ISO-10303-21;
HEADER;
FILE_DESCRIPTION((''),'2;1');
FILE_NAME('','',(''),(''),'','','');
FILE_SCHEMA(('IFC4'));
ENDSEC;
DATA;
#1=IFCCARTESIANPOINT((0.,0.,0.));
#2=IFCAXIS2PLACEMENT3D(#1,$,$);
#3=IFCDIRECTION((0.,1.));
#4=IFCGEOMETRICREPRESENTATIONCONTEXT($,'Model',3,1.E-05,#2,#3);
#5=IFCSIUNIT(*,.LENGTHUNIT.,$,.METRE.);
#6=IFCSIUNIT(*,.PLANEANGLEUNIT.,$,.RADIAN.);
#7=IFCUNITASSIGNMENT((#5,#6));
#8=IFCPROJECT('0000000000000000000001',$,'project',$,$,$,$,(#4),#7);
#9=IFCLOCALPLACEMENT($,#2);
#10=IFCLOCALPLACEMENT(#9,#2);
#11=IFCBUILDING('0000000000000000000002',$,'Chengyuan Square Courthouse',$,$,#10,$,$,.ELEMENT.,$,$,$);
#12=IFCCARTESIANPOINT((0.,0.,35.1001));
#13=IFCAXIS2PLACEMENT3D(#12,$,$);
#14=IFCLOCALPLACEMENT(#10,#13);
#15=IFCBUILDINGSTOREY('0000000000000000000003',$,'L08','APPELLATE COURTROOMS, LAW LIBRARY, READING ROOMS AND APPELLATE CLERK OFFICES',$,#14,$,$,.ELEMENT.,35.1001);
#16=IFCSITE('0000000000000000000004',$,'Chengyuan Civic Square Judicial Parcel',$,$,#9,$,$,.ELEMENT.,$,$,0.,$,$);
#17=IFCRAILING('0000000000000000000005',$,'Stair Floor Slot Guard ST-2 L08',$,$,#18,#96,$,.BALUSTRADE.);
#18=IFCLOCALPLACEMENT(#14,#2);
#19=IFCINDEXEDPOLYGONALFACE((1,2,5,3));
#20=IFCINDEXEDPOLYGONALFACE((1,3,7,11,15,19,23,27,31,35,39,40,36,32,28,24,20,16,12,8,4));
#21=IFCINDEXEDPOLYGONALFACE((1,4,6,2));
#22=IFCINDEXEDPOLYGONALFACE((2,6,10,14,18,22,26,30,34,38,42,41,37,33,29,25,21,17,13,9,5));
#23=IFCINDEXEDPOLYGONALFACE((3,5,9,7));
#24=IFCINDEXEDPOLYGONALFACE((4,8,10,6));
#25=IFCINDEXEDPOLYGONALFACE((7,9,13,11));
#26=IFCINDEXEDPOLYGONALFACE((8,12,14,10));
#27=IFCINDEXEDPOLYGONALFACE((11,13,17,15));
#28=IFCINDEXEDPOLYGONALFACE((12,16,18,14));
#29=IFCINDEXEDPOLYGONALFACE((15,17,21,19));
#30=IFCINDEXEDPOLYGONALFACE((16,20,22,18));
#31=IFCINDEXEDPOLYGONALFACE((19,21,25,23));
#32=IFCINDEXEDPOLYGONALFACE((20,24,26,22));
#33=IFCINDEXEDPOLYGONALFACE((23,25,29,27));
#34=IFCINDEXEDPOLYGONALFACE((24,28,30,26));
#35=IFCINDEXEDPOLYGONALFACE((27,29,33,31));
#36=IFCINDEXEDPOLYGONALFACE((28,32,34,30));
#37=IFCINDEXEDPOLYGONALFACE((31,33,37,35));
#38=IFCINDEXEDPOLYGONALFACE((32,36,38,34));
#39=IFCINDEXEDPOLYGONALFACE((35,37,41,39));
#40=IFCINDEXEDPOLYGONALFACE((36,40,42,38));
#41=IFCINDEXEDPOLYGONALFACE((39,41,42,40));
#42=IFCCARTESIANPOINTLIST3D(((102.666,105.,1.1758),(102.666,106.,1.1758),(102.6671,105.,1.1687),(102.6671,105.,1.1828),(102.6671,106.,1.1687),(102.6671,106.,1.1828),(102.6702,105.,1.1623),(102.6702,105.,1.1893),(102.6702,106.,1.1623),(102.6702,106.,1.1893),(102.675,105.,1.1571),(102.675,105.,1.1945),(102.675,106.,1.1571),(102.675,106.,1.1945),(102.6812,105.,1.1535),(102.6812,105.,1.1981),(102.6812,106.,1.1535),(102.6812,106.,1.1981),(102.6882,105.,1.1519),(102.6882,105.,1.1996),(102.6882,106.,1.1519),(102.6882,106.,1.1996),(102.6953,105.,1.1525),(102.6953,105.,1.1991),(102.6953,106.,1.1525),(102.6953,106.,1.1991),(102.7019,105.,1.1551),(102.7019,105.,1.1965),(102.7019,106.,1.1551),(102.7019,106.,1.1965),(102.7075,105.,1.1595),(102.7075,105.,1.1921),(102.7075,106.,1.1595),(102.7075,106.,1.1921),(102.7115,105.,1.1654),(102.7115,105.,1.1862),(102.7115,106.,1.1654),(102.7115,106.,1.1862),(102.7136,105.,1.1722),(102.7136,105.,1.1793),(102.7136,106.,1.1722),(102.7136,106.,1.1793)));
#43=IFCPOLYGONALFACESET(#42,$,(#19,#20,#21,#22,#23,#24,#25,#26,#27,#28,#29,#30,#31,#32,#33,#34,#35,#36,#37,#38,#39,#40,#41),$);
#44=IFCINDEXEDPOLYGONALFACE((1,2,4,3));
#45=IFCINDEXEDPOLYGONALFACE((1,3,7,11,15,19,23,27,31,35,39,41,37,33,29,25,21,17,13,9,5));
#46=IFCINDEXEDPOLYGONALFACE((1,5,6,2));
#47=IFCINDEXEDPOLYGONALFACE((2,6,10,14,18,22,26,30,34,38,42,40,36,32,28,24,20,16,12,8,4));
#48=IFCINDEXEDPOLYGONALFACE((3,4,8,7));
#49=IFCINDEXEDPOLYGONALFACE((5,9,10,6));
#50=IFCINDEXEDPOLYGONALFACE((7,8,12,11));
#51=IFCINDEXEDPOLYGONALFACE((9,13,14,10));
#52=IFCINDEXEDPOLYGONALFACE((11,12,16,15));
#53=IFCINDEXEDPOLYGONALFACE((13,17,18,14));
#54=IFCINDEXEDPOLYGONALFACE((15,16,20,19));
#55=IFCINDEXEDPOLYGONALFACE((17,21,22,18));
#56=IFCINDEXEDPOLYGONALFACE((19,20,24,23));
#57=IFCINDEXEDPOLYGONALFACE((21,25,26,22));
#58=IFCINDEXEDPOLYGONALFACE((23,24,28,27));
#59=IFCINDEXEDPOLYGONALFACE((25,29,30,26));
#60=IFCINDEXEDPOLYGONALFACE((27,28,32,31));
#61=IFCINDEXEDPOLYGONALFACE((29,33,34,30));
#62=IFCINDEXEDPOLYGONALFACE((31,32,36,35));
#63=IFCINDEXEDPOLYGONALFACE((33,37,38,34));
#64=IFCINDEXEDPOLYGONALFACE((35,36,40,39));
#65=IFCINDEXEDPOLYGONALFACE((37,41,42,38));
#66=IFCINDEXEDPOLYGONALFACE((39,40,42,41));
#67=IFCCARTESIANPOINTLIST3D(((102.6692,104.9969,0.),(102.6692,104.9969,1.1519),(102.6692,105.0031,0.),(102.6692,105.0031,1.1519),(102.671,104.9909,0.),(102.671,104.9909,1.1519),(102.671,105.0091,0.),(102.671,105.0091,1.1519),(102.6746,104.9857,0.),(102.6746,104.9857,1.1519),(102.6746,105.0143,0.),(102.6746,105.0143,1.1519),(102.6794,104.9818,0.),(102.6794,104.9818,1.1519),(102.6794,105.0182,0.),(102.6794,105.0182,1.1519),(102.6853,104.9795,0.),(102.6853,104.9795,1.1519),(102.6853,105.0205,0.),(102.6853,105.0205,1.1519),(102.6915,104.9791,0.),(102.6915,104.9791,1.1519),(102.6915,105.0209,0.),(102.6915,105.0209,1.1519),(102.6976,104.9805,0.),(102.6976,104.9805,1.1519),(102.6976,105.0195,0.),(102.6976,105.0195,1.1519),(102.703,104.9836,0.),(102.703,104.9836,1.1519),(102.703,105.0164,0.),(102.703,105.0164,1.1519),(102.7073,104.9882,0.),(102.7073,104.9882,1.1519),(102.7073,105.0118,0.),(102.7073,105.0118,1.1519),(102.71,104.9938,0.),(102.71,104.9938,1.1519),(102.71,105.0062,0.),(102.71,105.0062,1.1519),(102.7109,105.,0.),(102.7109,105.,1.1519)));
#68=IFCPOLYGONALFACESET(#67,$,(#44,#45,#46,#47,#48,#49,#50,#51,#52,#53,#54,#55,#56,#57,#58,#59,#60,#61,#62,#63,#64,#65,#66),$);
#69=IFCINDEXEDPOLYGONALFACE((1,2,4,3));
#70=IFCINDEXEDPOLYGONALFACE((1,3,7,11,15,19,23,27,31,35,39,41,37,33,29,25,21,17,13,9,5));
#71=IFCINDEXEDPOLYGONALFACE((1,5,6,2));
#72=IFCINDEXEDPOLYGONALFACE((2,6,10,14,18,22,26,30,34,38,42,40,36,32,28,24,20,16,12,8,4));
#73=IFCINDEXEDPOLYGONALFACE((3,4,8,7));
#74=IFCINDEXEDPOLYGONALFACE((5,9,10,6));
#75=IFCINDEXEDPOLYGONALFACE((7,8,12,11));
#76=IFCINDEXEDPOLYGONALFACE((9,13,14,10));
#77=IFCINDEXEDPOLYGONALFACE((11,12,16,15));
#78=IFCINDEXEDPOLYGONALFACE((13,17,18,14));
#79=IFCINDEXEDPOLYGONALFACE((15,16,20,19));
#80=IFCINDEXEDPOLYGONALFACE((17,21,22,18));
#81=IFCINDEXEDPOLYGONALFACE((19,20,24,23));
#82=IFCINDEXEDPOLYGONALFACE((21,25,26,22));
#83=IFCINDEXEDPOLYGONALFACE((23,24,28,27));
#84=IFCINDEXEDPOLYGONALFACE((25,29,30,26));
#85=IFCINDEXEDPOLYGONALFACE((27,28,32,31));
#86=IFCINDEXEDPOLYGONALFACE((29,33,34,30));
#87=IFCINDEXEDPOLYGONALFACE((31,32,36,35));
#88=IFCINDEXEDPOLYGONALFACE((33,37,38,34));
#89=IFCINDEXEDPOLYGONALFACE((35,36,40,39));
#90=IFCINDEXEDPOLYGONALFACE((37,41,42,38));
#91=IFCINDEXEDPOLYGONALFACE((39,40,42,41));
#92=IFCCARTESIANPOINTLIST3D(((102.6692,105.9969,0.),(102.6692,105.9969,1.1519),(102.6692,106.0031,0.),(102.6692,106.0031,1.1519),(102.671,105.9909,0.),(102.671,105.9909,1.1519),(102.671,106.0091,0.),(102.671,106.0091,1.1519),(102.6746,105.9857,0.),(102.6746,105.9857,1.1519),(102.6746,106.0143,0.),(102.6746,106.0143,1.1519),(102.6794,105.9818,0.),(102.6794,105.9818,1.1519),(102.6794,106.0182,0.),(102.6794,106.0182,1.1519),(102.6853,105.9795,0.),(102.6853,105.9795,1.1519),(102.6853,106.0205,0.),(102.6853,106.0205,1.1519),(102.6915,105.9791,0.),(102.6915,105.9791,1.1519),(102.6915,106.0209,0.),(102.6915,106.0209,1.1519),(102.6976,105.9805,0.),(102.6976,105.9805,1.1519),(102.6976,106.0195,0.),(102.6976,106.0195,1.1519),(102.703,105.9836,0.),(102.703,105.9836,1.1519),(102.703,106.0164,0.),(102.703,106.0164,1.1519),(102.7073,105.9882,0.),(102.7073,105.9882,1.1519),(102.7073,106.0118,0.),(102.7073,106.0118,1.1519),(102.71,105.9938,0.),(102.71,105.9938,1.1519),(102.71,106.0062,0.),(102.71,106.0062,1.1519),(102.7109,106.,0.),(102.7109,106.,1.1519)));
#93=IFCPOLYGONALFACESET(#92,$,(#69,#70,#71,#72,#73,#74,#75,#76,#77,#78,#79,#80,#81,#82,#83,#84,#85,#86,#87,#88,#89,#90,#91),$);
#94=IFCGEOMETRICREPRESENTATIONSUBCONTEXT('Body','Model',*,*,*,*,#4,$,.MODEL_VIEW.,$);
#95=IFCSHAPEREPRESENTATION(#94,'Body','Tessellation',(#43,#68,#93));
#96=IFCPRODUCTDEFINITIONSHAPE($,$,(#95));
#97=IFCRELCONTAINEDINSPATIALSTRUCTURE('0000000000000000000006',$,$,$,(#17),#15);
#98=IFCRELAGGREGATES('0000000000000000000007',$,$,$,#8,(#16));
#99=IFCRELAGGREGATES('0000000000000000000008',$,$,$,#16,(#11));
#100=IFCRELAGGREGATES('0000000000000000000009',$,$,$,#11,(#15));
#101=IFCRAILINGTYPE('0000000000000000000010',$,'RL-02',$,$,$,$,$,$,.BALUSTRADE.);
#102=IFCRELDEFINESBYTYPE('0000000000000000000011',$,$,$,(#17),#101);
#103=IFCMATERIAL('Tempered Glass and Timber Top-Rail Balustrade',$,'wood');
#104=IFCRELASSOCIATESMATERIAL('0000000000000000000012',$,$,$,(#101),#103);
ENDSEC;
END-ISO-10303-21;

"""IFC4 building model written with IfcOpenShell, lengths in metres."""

from ifc_helpers import new_model, si_unit, direction, frame, origin, origin_2d, place, context, subcontext, project, spatial, circle, extrude, material, type_object, element, save


model = new_model("IFC4")

# Units and contexts
model_context = context("Model", 3, precision=1e-05, world=origin(), true_north=direction((0.0, 1.0)))
body_context = subcontext(model_context, "Body", "Model", "MODEL_VIEW")
ifc_project = project(units=[si_unit("LENGTHUNIT", "METRE"), si_unit("PLANEANGLEUNIT", "RADIAN")], contexts=[model_context])

# Site, building, storey
site_placement = place(None, origin())
site = spatial("IfcSite", under=ifc_project, at=site_placement, Name="Chengyuan Civic Square Judicial Parcel", CompositionType="ELEMENT", RefElevation=0.0)
building_placement = place(site_placement, origin())
building = spatial("IfcBuilding", under=site, at=building_placement, Name="Chengyuan Square Courthouse", CompositionType="ELEMENT")
storey_placement = place(building_placement, frame((0.0, 0.0, 35.1001)))
storey = spatial("IfcBuildingStorey", under=building, at=storey_placement, Name="L08", Description="APPELLATE COURTROOMS, LAW LIBRARY, READING ROOMS AND APPELLATE CLERK OFFICES", CompositionType="ELEMENT", Elevation=35.1001)

# Railing
ifc_material_1 = material(Name="Tempered Glass and Timber Top-Rail Balustrade", Category="wood")
railing_type = type_object("IfcRailingType", Name="RL-02", PredefinedType="BALUSTRADE", material=ifc_material_1)
railing_1_placement = place(storey_placement, frame((102.6899, 105.0, 0.0)))
element("IfcRailing", 1, at=railing_1_placement, inside=storey, type_object=railing_type, Name="Stair Floor Slot Guard ST-2 L08", PredefinedType="BALUSTRADE", context=body_context, shape_type="SweptSolid", body=[
    extrude(circle(Radius=0.0239, at=origin_2d()), frame((0.0, 0.0, 1.1758), z_axis=(0.0, 1.0, 0.0), x_axis=(-1.0, 0.0, 0.0)), (0.0, 0.0, 1.0), 1.0),
    extrude(circle(Radius=0.021, at=origin_2d()), origin(), (0.0, 0.0, 1.0), 1.1519),
    extrude(circle(Radius=0.021, at=origin_2d()), frame((0.0, 1.0, 0.0)), (0.0, 0.0, 1.0), 1.1519),
])

save(model, "model.ifc")
